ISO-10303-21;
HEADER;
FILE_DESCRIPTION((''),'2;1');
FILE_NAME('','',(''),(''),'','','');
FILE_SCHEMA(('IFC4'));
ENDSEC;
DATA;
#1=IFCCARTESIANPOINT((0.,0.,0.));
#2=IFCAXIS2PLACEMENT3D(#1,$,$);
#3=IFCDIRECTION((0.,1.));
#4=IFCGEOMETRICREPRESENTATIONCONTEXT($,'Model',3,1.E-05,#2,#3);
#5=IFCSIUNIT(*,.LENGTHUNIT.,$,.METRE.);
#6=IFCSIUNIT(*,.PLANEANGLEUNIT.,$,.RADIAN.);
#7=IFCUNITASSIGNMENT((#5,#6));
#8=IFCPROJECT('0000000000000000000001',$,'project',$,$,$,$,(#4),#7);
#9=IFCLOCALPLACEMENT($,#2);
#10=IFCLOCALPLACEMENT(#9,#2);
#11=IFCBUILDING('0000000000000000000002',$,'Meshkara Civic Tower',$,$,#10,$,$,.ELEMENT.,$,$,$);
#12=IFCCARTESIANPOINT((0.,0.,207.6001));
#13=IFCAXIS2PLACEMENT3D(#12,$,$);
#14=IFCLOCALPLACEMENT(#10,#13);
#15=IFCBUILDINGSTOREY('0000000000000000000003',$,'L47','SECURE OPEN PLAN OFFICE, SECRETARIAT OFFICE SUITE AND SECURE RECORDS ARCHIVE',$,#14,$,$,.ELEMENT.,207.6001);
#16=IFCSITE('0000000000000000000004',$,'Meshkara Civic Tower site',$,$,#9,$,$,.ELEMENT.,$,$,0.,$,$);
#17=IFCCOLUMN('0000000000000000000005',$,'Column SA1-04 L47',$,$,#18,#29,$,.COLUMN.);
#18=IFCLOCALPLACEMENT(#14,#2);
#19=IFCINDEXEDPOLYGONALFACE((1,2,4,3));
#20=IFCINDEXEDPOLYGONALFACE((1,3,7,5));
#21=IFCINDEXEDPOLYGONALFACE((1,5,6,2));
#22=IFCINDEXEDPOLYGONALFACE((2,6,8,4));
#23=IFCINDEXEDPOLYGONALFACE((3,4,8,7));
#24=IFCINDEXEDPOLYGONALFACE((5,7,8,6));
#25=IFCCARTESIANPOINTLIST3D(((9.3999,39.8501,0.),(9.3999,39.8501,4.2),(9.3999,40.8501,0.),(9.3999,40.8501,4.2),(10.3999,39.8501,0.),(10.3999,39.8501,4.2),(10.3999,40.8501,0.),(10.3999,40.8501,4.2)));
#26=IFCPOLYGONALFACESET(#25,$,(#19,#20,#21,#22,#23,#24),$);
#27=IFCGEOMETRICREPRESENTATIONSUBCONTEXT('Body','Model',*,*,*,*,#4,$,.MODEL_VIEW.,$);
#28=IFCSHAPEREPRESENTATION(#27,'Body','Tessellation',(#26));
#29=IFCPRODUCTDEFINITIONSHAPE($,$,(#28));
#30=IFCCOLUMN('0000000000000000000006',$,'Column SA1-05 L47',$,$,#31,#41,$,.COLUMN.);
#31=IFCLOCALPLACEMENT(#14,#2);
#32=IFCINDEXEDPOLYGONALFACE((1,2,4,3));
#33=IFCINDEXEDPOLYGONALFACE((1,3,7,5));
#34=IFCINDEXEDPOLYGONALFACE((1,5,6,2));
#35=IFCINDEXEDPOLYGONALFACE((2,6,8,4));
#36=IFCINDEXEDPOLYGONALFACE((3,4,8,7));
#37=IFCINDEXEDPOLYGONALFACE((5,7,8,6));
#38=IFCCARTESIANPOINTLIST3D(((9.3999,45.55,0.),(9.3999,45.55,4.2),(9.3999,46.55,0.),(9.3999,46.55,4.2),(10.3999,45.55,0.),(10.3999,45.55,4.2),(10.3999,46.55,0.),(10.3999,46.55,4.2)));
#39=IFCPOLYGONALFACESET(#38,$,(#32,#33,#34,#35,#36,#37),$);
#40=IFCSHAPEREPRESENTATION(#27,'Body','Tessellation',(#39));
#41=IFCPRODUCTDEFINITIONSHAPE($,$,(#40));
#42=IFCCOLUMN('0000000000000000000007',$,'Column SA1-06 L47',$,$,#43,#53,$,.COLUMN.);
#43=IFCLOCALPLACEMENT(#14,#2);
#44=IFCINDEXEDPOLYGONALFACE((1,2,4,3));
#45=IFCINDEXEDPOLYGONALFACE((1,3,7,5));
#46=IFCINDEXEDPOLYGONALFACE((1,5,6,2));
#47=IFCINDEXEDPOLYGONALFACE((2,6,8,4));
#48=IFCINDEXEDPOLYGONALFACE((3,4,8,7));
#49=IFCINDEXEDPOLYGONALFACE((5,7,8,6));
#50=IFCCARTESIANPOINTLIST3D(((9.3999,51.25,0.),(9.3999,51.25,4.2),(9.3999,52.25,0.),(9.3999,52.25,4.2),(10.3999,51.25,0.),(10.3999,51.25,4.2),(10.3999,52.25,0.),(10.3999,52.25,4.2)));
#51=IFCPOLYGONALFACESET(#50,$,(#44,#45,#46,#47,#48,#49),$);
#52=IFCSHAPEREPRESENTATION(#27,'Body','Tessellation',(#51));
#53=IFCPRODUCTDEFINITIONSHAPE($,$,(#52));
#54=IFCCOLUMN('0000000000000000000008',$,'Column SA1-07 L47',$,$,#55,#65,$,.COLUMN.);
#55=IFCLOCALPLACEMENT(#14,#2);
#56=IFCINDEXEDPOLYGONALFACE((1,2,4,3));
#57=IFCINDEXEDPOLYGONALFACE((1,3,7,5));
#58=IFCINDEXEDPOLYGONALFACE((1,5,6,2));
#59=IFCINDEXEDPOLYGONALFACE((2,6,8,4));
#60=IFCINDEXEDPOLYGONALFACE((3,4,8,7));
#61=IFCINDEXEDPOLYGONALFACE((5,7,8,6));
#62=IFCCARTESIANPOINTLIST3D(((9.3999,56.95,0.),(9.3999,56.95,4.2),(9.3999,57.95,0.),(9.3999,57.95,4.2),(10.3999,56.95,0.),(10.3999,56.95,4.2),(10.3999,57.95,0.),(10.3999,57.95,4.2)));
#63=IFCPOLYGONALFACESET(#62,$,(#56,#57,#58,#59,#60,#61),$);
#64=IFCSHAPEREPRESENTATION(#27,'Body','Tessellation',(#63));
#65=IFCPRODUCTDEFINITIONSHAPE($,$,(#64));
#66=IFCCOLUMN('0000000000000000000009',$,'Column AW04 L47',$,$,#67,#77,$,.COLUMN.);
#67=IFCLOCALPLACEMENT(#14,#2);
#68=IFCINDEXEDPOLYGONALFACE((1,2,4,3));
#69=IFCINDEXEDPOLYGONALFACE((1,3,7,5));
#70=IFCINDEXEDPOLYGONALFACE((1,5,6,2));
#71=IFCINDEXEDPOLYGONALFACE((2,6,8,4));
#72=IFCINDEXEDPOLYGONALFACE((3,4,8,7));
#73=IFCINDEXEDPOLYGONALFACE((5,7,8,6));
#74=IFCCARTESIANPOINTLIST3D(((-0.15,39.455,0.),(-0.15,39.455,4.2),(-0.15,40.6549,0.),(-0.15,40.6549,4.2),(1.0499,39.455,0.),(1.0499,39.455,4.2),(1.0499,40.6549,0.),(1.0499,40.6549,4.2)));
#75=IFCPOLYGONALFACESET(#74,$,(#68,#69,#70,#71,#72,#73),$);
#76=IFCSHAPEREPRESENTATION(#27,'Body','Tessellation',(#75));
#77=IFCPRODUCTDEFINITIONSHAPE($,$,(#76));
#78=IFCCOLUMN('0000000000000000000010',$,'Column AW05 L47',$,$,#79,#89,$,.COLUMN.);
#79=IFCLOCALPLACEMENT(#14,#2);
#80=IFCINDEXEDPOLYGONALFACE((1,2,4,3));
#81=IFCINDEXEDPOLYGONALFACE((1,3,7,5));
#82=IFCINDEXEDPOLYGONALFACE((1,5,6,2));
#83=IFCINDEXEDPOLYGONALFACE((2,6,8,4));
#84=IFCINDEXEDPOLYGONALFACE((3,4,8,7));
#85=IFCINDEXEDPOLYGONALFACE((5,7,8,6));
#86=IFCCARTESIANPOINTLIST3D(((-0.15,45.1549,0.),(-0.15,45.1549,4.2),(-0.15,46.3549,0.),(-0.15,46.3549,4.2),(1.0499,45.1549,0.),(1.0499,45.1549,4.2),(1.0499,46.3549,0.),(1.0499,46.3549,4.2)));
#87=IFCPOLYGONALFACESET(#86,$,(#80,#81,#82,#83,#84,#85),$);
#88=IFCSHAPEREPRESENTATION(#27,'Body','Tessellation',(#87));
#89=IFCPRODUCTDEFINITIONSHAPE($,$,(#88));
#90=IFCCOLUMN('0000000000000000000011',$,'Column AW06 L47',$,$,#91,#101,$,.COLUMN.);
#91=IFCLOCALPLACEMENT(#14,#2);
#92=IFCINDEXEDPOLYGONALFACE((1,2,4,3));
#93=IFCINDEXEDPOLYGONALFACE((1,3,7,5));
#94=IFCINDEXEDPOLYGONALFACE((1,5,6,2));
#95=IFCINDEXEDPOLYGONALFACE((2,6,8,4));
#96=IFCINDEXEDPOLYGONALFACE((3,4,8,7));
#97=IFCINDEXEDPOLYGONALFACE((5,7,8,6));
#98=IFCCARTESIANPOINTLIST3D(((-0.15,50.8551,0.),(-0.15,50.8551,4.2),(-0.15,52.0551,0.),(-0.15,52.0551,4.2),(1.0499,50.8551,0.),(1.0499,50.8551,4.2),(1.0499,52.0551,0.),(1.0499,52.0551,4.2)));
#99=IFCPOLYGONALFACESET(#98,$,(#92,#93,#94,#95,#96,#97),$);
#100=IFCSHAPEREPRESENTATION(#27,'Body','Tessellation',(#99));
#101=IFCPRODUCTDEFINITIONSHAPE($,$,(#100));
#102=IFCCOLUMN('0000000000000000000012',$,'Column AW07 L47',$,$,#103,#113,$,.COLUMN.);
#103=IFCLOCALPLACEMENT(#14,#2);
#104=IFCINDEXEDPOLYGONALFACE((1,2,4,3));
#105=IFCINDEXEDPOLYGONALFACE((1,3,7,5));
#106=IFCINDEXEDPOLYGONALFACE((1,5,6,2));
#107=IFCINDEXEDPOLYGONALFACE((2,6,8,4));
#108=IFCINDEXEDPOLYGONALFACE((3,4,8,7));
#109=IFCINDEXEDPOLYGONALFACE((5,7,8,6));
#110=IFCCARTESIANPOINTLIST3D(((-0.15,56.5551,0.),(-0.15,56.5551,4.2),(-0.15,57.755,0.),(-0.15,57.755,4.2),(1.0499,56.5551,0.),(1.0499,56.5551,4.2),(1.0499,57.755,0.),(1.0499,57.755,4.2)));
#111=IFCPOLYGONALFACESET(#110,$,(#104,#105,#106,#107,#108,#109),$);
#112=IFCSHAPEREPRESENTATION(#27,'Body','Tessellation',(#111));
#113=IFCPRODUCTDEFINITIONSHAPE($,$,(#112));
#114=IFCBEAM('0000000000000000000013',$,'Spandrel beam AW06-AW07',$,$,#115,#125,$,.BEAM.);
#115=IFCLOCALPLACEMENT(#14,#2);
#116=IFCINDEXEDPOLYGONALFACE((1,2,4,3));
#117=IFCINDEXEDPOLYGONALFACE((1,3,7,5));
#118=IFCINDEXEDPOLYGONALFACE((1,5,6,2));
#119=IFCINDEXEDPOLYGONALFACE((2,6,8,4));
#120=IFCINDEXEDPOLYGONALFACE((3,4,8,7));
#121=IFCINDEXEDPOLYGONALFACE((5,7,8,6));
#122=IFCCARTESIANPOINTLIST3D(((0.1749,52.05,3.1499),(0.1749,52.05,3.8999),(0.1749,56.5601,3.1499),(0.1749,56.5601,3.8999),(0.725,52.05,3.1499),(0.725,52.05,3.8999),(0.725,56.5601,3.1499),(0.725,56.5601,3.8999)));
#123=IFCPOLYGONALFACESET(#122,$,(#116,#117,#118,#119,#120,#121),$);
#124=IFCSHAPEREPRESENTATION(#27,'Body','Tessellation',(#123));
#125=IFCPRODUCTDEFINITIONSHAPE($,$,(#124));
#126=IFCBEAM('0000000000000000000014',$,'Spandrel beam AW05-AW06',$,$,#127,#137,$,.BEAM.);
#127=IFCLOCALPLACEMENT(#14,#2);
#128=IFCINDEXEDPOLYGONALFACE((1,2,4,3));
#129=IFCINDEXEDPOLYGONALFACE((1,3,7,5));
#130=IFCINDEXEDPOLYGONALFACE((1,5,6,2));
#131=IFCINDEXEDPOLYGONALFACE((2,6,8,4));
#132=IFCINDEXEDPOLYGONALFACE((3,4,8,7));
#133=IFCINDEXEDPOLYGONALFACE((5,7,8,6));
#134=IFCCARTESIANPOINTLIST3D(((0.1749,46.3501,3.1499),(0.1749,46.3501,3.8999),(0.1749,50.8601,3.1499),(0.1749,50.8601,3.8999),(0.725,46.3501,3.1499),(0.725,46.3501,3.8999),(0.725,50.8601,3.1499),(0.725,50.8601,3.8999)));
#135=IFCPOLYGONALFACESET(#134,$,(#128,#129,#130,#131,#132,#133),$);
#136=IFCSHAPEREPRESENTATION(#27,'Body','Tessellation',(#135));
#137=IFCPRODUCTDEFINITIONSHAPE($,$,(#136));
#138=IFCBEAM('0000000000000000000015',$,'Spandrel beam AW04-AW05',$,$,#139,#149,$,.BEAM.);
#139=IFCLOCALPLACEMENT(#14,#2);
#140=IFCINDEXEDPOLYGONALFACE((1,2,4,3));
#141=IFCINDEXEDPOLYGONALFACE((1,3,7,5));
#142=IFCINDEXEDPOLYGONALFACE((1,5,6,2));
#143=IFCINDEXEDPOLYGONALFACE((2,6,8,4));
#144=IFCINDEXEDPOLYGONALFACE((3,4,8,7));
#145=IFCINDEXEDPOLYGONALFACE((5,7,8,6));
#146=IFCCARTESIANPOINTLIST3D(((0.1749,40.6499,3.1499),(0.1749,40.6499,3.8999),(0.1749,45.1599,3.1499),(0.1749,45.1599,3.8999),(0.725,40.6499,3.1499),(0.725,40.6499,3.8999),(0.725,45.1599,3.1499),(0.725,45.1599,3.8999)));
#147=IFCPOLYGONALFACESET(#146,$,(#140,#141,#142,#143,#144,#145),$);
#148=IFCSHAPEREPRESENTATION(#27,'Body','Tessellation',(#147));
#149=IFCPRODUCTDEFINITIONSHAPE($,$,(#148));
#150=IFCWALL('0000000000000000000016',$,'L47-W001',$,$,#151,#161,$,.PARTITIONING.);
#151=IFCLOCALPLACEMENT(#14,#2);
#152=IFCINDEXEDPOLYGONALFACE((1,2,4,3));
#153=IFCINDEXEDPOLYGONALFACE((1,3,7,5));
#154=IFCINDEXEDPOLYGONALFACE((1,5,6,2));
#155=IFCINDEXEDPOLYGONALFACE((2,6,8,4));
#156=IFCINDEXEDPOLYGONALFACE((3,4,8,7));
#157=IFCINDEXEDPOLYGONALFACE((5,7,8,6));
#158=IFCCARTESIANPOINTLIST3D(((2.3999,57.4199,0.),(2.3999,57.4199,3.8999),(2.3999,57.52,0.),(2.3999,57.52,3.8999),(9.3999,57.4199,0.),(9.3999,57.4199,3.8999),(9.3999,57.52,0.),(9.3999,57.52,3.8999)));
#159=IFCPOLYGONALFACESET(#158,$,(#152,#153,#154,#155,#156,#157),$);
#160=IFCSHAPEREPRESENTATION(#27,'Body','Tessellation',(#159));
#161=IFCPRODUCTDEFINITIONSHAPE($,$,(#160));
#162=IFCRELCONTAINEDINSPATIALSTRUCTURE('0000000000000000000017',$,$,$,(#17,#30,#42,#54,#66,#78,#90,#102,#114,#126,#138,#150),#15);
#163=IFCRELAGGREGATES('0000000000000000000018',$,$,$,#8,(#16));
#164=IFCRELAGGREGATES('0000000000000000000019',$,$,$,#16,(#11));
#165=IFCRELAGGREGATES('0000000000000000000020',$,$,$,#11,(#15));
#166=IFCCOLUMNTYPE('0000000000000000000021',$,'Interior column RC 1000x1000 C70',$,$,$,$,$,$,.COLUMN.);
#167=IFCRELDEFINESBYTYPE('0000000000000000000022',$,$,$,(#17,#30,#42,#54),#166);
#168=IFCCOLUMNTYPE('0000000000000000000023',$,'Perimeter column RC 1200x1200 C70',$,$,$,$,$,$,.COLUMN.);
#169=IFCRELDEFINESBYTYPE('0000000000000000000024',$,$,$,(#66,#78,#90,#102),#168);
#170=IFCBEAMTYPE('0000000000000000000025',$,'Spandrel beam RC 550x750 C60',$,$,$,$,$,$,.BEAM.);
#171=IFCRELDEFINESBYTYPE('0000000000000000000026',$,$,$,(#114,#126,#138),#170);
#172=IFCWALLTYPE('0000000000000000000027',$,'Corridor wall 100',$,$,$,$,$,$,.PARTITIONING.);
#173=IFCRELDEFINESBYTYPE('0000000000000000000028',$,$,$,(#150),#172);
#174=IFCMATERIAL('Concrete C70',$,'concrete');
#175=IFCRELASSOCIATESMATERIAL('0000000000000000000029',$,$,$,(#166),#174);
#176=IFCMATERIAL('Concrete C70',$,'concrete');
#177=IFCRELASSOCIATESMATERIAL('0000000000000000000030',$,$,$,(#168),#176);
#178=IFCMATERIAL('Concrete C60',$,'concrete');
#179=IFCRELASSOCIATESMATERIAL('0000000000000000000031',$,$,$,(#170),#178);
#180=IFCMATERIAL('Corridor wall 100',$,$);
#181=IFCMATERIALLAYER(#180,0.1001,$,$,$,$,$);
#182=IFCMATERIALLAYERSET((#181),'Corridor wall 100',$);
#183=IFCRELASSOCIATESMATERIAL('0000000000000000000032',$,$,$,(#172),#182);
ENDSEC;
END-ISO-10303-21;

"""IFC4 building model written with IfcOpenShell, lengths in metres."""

from ifc_helpers import new_model, si_unit, direction, frame, frame_2d, origin, origin_2d, place, context, subcontext, project, spatial, rectangle, extrude, material, layer, layer_set, material_profile, profile_set, type_object, element, save


model = new_model("IFC4")

# Units and contexts
model_context = context("Model", 3, precision=1e-05, world=origin(), true_north=direction((0.0, 1.0)))
body_context = subcontext(model_context, "Body", "Model", "MODEL_VIEW")
ifc_project = project(units=[si_unit("LENGTHUNIT", "METRE"), si_unit("PLANEANGLEUNIT", "RADIAN")], contexts=[model_context])

# Site, building, storey
site_placement = place(None, origin())
site = spatial("IfcSite", under=ifc_project, at=site_placement, Name="Meshkara Civic Tower site", CompositionType="ELEMENT", RefElevation=0.0)
building_placement = place(site_placement, origin())
building = spatial("IfcBuilding", under=site, at=building_placement, Name="Meshkara Civic Tower", CompositionType="ELEMENT")
storey_placement = place(building_placement, frame((0.0, 0.0, 207.6001)))
storey = spatial("IfcBuildingStorey", under=building, at=storey_placement, Name="L47", Description="SECURE OPEN PLAN OFFICE, SECRETARIAT OFFICE SUITE AND SECURE RECORDS ARCHIVE", CompositionType="ELEMENT", Elevation=207.6001)

# Columns
ifc_material_1 = material(Name="Concrete C70", Category="concrete")
ifc_material_profile_1 = material_profile(ifc_material_1, rectangle(XDim=1.0, YDim=1.0, at=origin_2d()))
ifc_profile_set_1 = profile_set([ifc_material_profile_1], Name="Concrete C70")
column_type_1 = type_object("IfcColumnType", Name="Interior column RC 1000x1000 C70", PredefinedType="COLUMN", material=ifc_profile_set_1)
for number, where, z_axis, x_axis, name in (
    (1, (9.8999, 40.3501, 0.0), (0.0, 0.0, 1.0), (1.0, 0.0, 0.0), "Column SA1-04 L47"),
    (2, (9.8999, 46.05, 0.0), (0.0, 0.0, 1.0), (1.0, 0.0, 0.0), "Column SA1-05 L47"),
    (3, (9.8999, 51.75, 0.0), (0.0, 0.0, 1.0), (1.0, 0.0, 0.0), "Column SA1-06 L47"),
    (4, (9.8999, 57.45, 0.0), (0.0, 0.0, 1.0), (1.0, 0.0, 0.0), "Column SA1-07 L47"),
):
    element("IfcColumn", number, at=place(storey_placement, frame(where, z_axis=z_axis, x_axis=x_axis)), inside=storey, type_object=column_type_1, Name=name, PredefinedType="COLUMN", context=body_context, shape_type="SweptSolid", body=[
        extrude(rectangle(XDim=1.0, YDim=1.0, at=origin_2d()), origin(), (0.0, 0.0, 1.0), 4.2),
    ])
ifc_material_2 = material(Name="Concrete C70", Category="concrete")
ifc_material_profile_2 = material_profile(ifc_material_2, rectangle(XDim=1.2, YDim=1.2, at=origin_2d()))
ifc_profile_set_2 = profile_set([ifc_material_profile_2], Name="Concrete C70")
column_type_2 = type_object("IfcColumnType", Name="Perimeter column RC 1200x1200 C70", PredefinedType="COLUMN", material=ifc_profile_set_2)
for number, where, z_axis, x_axis, name in (
    (5, (0.45, 40.0549, 0.0), (0.0, 0.0, 1.0), (1.0, 0.0, 0.0), "Column AW04 L47"),
    (6, (0.45, 45.7549, 0.0), (0.0, 0.0, 1.0), (1.0, 0.0, 0.0), "Column AW05 L47"),
    (7, (0.45, 51.4551, 0.0), (0.0, 0.0, 1.0), (1.0, 0.0, 0.0), "Column AW06 L47"),
    (8, (0.45, 57.155, 0.0), (0.0, 0.0, 1.0), (1.0, 0.0, 0.0), "Column AW07 L47"),
):
    element("IfcColumn", number, at=place(storey_placement, frame(where, z_axis=z_axis, x_axis=x_axis)), inside=storey, type_object=column_type_2, Name=name, PredefinedType="COLUMN", context=body_context, shape_type="SweptSolid", body=[
        extrude(rectangle(XDim=1.2, YDim=1.2, at=origin_2d()), origin(), (0.0, 0.0, 1.0), 4.2),
    ])

# Beams
ifc_material_3 = material(Name="Concrete C60", Category="concrete")
ifc_material_profile_3 = material_profile(ifc_material_3, rectangle(XDim=0.55, YDim=0.75, at=origin_2d()))
ifc_profile_set_3 = profile_set([ifc_material_profile_3], Name="Concrete C60")
beam_type = type_object("IfcBeamType", Name="Spandrel beam RC 550x750 C60", PredefinedType="BEAM", material=ifc_profile_set_3)
for number, where, z_axis, x_axis, name in (
    (9, (0.45, 56.5601, 3.5249), (0.0, -1.0, 0.0), (1.0, 0.0, 0.0), "Spandrel beam AW06-AW07"),
    (10, (0.45, 50.8601, 3.5249), (0.0, -1.0, 0.0), (1.0, 0.0, 0.0), "Spandrel beam AW05-AW06"),
    (11, (0.45, 45.1599, 3.5249), (0.0, -1.0, 0.0), (1.0, 0.0, 0.0), "Spandrel beam AW04-AW05"),
):
    element("IfcBeam", number, at=place(storey_placement, frame(where, z_axis=z_axis, x_axis=x_axis)), inside=storey, type_object=beam_type, Name=name, PredefinedType="BEAM", context=body_context, shape_type="SweptSolid", body=[
        extrude(rectangle(XDim=0.55, YDim=0.75, at=origin_2d()), origin(), (0.0, 0.0, 1.0), 4.51),
    ])

# Wall
ifc_material_4 = material(Name="Corridor wall 100")
ifc_layer_1 = layer(ifc_material_4, 0.1001)
ifc_layer_set_1 = layer_set([ifc_layer_1], Name="Corridor wall 100")
wall_type_1 = type_object("IfcWallType", Name="Corridor wall 100", PredefinedType="PARTITIONING", material=ifc_layer_set_1)
wall_1_placement = place(storey_placement, frame((2.3999, 57.47, 0.0), z_axis=(0.0, 0.0, 1.0), x_axis=(1.0, 0.0, 0.0)))
element("IfcWall", 12, at=wall_1_placement, inside=storey, type_object=wall_type_1, Name="L47-W001", PredefinedType="PARTITIONING", context=body_context, shape_type="SweptSolid", body=[
    extrude(rectangle(XDim=7.0, YDim=0.1001, at=frame_2d((3.5, 0.0))), origin(), (0.0, 0.0, 1.0), 3.8999),
])

save(model, "model.ifc")
